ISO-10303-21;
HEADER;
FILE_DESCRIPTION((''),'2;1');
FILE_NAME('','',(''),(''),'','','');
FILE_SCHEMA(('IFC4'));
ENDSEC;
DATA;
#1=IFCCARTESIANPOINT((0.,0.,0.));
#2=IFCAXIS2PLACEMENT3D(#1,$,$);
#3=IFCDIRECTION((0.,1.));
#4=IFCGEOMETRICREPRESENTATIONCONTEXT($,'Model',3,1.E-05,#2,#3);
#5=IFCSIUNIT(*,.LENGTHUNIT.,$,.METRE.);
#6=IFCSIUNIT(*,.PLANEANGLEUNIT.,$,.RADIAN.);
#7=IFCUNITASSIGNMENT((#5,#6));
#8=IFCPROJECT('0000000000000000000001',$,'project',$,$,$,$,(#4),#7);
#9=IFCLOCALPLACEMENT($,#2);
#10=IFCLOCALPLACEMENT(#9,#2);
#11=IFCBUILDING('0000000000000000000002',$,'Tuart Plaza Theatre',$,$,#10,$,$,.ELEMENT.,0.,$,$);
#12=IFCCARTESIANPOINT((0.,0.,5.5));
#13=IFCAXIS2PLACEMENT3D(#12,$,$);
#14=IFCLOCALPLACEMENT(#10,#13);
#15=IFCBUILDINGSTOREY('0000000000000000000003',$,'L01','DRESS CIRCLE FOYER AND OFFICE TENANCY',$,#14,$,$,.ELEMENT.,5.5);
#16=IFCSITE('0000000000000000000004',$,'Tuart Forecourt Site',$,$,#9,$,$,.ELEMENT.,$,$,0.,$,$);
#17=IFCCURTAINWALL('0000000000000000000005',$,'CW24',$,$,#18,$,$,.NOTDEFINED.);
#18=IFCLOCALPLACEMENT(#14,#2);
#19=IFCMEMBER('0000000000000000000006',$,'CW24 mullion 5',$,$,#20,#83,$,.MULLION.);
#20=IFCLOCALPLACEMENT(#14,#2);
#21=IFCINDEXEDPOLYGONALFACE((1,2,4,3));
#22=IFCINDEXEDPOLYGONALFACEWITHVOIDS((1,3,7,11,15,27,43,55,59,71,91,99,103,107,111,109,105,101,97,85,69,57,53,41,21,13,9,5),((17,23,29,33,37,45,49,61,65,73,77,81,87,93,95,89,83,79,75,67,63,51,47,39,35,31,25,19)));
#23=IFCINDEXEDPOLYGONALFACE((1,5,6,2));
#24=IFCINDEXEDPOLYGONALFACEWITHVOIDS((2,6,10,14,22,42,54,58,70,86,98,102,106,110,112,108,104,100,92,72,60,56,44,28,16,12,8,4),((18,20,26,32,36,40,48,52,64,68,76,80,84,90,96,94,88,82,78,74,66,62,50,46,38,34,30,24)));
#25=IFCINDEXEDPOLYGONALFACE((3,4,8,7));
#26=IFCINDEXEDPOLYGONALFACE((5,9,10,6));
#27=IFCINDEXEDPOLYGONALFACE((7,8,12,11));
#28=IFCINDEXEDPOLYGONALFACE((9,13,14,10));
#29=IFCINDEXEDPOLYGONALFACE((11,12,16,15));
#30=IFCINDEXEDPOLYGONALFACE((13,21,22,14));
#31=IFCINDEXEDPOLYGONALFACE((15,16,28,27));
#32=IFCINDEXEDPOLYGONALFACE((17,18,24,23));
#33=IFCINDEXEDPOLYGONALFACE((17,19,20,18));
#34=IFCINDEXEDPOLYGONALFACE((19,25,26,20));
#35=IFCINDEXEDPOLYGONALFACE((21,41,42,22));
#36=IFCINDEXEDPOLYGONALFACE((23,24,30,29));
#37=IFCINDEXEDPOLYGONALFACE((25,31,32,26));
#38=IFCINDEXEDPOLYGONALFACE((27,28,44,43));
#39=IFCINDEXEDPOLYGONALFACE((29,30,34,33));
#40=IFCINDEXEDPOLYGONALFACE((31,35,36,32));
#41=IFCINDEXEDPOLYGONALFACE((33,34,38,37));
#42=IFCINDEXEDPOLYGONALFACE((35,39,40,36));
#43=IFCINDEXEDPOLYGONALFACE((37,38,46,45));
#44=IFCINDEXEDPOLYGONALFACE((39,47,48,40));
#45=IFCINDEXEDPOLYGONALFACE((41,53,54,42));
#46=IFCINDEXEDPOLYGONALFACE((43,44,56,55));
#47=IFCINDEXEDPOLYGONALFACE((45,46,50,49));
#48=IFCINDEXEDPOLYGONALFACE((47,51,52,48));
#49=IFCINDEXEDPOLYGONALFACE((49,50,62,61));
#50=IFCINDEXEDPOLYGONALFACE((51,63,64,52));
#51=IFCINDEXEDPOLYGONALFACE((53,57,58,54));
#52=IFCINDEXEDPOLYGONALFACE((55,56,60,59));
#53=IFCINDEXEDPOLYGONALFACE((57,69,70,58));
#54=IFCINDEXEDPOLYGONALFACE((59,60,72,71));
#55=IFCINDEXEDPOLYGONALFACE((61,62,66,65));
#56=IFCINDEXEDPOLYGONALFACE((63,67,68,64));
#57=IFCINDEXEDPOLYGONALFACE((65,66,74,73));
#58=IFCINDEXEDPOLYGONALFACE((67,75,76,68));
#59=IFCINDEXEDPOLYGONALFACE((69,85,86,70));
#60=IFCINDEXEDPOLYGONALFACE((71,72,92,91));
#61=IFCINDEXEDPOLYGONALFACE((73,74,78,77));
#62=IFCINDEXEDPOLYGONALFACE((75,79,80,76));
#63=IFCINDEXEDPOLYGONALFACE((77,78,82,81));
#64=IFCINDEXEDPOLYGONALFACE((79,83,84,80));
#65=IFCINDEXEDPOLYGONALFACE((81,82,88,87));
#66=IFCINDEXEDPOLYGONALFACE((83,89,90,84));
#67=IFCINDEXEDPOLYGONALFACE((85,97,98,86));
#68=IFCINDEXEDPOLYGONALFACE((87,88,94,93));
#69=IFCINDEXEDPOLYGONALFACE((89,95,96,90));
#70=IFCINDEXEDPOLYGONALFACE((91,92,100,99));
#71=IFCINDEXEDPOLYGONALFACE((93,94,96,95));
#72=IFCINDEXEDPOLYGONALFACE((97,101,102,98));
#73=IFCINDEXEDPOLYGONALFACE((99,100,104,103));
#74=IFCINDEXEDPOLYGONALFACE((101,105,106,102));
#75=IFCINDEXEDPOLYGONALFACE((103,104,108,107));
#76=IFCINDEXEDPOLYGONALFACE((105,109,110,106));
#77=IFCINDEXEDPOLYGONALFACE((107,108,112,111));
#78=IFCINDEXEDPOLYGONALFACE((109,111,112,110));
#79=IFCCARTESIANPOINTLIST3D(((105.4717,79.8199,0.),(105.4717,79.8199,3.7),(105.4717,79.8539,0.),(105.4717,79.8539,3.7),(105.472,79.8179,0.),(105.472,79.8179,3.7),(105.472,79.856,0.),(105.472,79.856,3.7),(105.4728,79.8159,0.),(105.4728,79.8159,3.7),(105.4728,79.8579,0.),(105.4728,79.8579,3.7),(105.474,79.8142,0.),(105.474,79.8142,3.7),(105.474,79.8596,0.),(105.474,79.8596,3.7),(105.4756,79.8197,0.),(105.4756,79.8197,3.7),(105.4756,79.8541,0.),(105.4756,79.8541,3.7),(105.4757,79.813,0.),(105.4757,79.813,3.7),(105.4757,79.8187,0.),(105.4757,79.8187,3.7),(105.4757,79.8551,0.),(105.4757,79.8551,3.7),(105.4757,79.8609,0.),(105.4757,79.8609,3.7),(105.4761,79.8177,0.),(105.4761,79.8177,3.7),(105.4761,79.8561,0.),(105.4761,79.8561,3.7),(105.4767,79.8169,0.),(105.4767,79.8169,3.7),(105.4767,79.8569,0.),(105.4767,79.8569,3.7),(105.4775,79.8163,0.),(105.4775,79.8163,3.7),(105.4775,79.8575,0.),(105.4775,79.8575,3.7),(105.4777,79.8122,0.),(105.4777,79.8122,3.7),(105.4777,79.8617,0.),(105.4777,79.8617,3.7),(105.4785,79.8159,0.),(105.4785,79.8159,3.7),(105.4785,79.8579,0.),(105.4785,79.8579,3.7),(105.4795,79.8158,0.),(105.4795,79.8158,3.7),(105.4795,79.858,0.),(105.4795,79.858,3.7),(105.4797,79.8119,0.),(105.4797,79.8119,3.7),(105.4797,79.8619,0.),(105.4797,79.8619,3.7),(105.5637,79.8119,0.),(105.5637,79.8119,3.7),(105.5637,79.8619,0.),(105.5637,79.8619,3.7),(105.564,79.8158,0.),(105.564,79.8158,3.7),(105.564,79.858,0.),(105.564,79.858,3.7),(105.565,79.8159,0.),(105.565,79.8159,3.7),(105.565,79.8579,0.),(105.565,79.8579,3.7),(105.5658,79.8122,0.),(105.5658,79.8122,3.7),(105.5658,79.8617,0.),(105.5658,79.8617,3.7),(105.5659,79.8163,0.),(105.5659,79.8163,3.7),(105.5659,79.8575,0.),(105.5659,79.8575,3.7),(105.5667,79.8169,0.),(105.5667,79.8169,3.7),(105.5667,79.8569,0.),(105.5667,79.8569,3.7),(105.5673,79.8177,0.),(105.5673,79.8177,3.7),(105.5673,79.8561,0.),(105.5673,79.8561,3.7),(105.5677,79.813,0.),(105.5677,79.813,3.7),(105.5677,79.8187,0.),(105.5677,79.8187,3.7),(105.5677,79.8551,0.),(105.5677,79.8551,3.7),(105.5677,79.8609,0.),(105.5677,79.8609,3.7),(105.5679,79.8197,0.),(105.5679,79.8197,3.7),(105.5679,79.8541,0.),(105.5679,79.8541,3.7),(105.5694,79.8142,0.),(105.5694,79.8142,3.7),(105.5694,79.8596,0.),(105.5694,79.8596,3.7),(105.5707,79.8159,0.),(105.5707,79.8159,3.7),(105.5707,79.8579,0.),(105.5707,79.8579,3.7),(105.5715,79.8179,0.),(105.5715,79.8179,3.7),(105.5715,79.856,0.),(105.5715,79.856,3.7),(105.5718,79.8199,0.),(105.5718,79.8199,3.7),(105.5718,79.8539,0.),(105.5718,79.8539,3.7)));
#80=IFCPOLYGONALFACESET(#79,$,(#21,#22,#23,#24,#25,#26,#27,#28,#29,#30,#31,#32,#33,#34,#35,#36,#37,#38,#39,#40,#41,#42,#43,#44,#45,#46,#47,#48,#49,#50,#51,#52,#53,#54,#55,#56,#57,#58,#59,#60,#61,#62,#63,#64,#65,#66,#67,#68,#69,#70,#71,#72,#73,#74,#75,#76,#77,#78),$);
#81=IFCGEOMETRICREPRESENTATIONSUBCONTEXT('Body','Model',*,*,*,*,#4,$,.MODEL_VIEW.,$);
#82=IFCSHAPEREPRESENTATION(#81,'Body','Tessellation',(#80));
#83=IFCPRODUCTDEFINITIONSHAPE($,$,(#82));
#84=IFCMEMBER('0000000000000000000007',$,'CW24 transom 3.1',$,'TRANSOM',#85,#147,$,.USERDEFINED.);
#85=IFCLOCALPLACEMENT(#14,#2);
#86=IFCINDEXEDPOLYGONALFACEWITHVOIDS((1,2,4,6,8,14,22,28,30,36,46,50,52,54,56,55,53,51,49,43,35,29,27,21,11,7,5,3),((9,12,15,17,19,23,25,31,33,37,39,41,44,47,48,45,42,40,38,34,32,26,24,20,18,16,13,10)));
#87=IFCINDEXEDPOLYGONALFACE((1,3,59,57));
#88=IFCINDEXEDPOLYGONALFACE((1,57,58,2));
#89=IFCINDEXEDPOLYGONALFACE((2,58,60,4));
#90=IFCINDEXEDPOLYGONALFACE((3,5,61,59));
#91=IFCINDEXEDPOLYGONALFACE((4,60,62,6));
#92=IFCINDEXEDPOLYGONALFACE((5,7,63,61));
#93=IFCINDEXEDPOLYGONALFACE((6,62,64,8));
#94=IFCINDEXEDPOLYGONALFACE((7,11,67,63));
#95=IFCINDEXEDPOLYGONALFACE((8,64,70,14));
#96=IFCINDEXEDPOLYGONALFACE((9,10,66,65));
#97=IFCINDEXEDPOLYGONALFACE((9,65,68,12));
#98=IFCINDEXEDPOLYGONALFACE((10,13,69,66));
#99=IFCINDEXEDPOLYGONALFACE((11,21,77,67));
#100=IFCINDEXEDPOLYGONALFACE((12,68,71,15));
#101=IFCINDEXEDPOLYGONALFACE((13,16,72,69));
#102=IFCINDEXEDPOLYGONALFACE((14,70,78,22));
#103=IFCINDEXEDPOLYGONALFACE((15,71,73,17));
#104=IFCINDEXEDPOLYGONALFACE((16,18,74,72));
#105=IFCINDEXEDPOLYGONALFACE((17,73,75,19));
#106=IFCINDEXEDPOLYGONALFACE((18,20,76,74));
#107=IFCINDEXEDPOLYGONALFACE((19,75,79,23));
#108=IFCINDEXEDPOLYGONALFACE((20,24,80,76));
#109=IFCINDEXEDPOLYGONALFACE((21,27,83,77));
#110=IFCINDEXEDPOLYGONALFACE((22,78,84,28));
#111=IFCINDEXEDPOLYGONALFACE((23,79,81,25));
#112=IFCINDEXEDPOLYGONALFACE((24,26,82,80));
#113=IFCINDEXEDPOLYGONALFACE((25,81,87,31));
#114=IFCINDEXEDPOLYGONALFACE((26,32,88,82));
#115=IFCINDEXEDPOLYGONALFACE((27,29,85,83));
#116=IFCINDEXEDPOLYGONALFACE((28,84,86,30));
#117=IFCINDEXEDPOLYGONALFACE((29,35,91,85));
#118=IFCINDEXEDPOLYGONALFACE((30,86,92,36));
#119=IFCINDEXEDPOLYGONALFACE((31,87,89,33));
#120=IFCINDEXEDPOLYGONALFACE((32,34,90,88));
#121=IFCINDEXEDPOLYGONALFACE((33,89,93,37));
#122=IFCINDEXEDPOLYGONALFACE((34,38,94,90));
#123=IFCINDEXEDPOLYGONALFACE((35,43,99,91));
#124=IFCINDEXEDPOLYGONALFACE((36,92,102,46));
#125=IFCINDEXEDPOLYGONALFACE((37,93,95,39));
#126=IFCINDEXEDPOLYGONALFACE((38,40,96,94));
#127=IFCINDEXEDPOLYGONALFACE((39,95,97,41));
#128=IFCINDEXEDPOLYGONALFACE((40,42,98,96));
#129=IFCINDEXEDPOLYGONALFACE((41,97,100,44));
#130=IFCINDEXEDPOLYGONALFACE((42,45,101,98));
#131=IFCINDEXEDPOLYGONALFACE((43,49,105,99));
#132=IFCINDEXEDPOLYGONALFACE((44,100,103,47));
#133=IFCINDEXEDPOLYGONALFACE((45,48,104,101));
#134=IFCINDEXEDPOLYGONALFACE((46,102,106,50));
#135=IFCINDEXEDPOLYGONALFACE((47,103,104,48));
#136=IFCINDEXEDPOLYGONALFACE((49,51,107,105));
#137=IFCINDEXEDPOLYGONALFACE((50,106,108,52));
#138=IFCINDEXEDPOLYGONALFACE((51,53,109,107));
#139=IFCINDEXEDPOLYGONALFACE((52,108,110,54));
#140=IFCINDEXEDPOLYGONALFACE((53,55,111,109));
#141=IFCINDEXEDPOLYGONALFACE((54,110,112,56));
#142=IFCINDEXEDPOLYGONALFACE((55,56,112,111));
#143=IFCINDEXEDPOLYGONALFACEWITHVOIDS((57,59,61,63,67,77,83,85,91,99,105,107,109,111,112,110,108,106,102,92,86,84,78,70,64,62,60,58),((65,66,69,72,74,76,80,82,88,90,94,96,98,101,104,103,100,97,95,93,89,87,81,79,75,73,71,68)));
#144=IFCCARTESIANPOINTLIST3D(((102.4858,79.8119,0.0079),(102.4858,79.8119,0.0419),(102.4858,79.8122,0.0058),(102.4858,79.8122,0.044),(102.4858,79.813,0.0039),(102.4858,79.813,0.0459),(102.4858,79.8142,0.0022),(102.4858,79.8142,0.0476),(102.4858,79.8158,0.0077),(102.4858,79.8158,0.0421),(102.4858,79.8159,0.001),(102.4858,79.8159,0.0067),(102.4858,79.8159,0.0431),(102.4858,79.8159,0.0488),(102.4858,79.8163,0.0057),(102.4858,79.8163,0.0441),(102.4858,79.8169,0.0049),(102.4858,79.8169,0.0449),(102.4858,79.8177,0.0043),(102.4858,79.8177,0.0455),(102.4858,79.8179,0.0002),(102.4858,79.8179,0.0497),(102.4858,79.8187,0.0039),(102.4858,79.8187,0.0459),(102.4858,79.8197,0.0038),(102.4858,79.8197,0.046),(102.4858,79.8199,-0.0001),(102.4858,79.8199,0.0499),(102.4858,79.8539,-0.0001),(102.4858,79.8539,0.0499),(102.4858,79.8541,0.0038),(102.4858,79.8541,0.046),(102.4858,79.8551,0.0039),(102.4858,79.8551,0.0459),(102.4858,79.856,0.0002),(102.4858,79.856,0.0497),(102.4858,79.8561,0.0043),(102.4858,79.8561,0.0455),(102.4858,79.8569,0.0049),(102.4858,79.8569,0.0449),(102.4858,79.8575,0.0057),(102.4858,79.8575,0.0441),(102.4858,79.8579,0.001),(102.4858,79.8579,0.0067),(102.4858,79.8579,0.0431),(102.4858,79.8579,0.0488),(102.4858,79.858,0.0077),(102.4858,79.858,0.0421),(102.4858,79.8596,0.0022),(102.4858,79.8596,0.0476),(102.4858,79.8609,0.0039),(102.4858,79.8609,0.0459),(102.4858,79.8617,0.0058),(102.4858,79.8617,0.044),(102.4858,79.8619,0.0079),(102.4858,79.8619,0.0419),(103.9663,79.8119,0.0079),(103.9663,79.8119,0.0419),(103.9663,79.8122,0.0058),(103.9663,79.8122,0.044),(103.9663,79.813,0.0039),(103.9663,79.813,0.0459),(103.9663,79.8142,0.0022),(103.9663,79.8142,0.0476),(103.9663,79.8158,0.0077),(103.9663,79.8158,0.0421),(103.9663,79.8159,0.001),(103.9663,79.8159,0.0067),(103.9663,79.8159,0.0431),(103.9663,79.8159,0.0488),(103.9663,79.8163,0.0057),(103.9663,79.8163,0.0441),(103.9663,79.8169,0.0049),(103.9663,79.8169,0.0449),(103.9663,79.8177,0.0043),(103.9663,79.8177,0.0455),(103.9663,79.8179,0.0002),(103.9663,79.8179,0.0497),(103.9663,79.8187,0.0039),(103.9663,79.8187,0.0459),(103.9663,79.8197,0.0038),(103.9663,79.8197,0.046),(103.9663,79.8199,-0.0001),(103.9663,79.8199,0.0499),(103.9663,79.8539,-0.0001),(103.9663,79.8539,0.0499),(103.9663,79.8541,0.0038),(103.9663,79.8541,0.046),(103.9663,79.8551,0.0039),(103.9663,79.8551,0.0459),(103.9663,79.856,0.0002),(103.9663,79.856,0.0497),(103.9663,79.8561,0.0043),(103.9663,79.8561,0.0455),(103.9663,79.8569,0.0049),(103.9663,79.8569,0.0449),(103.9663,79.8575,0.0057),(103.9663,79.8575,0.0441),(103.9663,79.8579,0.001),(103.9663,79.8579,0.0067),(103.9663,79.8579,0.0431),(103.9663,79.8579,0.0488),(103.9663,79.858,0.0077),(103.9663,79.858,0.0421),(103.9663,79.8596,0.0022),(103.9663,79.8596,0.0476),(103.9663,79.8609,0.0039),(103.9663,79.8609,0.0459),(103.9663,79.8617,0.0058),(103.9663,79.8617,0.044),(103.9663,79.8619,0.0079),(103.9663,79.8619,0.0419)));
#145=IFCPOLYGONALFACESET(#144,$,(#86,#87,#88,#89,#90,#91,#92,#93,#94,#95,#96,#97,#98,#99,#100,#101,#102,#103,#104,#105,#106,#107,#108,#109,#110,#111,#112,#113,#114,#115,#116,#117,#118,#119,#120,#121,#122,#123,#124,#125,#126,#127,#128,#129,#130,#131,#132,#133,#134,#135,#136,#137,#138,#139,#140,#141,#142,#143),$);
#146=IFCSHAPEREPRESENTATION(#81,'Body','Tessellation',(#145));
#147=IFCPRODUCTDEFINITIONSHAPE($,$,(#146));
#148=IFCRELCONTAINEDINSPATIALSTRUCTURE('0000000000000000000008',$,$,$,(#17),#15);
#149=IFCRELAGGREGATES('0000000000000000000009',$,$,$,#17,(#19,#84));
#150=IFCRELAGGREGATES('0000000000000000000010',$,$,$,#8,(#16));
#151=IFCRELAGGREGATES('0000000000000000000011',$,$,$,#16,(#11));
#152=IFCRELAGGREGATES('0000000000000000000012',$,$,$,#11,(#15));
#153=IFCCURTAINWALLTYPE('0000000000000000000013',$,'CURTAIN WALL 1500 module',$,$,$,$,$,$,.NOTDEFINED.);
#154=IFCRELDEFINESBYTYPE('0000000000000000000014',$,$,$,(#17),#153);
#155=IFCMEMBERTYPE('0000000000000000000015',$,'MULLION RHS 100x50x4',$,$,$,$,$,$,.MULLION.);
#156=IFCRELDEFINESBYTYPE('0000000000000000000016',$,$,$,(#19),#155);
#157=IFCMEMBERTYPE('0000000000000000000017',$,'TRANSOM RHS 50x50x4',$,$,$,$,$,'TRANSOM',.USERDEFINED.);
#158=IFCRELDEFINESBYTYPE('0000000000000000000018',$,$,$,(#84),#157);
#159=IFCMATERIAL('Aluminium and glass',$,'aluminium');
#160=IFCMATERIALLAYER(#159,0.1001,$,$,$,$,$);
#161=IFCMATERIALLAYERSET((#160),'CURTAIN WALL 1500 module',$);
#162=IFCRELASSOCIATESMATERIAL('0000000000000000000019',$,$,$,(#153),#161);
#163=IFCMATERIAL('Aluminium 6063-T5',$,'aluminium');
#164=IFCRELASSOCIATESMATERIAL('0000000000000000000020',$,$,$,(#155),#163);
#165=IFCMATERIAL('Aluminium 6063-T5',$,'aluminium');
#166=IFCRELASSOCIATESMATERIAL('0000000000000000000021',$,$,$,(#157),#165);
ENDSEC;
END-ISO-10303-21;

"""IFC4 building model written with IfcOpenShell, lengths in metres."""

from ifc_helpers import new_model, si_unit, direction, frame, origin, origin_2d, place, context, subcontext, project, spatial, hollow_rectangle, extrude, material, layer, layer_set, material_profile, profile_set, type_object, element, aggregate, save


model = new_model("IFC4")

# Units and contexts
model_context = context("Model", 3, precision=1e-05, world=origin(), true_north=direction((0.0, 1.0)))
body_context = subcontext(model_context, "Body", "Model", "MODEL_VIEW")
ifc_project = project(units=[si_unit("LENGTHUNIT", "METRE"), si_unit("PLANEANGLEUNIT", "RADIAN")], contexts=[model_context])

# Site, building, storey
site_placement = place(None, origin())
site = spatial("IfcSite", under=ifc_project, at=site_placement, Name="Tuart Forecourt Site", CompositionType="ELEMENT", RefElevation=0.0)
building_placement = place(site_placement, origin())
building = spatial("IfcBuilding", under=site, at=building_placement, Name="Tuart Plaza Theatre", CompositionType="ELEMENT", ElevationOfRefHeight=0.0)
storey_placement = place(building_placement, frame((0.0, 0.0, 5.5)))
storey = spatial("IfcBuildingStorey", under=building, at=storey_placement, Name="L01", Description="DRESS CIRCLE FOYER AND OFFICE TENANCY", CompositionType="ELEMENT", Elevation=5.5)

# Curtain wall, members
ifc_material_1 = material(Name="Aluminium and glass", Category="aluminium")
ifc_layer_1 = layer(ifc_material_1, 0.1001)
ifc_layer_set_1 = layer_set([ifc_layer_1], Name="CURTAIN WALL 1500 module")
curtain_wall_type = type_object("IfcCurtainWallType", Name="CURTAIN WALL 1500 module", PredefinedType="NOTDEFINED", material=ifc_layer_set_1)
curtain_wall_placement = place(storey_placement, origin())
curtain_wall = element("IfcCurtainWall", 1, at=curtain_wall_placement, inside=storey, type_object=curtain_wall_type, Name="CW24", PredefinedType="NOTDEFINED")
ifc_material_2 = material(Name="Aluminium 6063-T5", Category="aluminium")
ifc_material_profile_1 = material_profile(ifc_material_2, hollow_rectangle(XDim=0.05, YDim=0.1001, WallThickness=0.0039, InnerFilletRadius=0.0039, OuterFilletRadius=0.0081, at=origin_2d()), Name="RHS 100x50x4")
ifc_profile_set_1 = profile_set([ifc_material_profile_1], Name="Aluminium 6063-T5")
member_type_1 = type_object("IfcMemberType", Name="MULLION RHS 100x50x4", PredefinedType="MULLION", material=ifc_profile_set_1)
member_1_placement = place(storey_placement, frame((105.5217, 79.8369, 0.0), z_axis=(0.0, 0.0, 1.0), x_axis=(0.0, 1.0, 0.0)))
member_1 = element("IfcMember", 2, at=member_1_placement, type_object=member_type_1, Name="CW24 mullion 5", PredefinedType="MULLION", context=body_context, shape_type="SweptSolid", body=[
    extrude(hollow_rectangle(XDim=0.05, YDim=0.1001, WallThickness=0.0039, InnerFilletRadius=0.0039, OuterFilletRadius=0.0081, at=origin_2d()), origin(), (0.0, 0.0, 1.0), 3.7),
])
ifc_material_3 = material(Name="Aluminium 6063-T5", Category="aluminium")
ifc_material_profile_2 = material_profile(ifc_material_3, hollow_rectangle(XDim=0.05, YDim=0.05, WallThickness=0.0039, InnerFilletRadius=0.0039, OuterFilletRadius=0.0081, at=origin_2d()), Name="RHS 50x50x4")
ifc_profile_set_2 = profile_set([ifc_material_profile_2], Name="Aluminium 6063-T5")
member_type_2 = type_object("IfcMemberType", Name="TRANSOM RHS 50x50x4", ElementType="TRANSOM", PredefinedType="USERDEFINED", material=ifc_profile_set_2)
member_2_placement = place(storey_placement, frame((102.4858, 79.8369, 0.0249), z_axis=(1.0, 0.0, 0.0), x_axis=(0.0, 1.0, 0.0)))
member_2 = element("IfcMember", 3, at=member_2_placement, type_object=member_type_2, Name="CW24 transom 3.1", ObjectType="TRANSOM", PredefinedType="USERDEFINED", context=body_context, shape_type="SweptSolid", body=[
    extrude(hollow_rectangle(XDim=0.05, YDim=0.05, WallThickness=0.0039, InnerFilletRadius=0.0039, OuterFilletRadius=0.0081, at=origin_2d()), origin(), (0.0, 0.0, 1.0), 1.4805),
])
aggregate(curtain_wall, [member_1, member_2])

save(model, "model.ifc")
